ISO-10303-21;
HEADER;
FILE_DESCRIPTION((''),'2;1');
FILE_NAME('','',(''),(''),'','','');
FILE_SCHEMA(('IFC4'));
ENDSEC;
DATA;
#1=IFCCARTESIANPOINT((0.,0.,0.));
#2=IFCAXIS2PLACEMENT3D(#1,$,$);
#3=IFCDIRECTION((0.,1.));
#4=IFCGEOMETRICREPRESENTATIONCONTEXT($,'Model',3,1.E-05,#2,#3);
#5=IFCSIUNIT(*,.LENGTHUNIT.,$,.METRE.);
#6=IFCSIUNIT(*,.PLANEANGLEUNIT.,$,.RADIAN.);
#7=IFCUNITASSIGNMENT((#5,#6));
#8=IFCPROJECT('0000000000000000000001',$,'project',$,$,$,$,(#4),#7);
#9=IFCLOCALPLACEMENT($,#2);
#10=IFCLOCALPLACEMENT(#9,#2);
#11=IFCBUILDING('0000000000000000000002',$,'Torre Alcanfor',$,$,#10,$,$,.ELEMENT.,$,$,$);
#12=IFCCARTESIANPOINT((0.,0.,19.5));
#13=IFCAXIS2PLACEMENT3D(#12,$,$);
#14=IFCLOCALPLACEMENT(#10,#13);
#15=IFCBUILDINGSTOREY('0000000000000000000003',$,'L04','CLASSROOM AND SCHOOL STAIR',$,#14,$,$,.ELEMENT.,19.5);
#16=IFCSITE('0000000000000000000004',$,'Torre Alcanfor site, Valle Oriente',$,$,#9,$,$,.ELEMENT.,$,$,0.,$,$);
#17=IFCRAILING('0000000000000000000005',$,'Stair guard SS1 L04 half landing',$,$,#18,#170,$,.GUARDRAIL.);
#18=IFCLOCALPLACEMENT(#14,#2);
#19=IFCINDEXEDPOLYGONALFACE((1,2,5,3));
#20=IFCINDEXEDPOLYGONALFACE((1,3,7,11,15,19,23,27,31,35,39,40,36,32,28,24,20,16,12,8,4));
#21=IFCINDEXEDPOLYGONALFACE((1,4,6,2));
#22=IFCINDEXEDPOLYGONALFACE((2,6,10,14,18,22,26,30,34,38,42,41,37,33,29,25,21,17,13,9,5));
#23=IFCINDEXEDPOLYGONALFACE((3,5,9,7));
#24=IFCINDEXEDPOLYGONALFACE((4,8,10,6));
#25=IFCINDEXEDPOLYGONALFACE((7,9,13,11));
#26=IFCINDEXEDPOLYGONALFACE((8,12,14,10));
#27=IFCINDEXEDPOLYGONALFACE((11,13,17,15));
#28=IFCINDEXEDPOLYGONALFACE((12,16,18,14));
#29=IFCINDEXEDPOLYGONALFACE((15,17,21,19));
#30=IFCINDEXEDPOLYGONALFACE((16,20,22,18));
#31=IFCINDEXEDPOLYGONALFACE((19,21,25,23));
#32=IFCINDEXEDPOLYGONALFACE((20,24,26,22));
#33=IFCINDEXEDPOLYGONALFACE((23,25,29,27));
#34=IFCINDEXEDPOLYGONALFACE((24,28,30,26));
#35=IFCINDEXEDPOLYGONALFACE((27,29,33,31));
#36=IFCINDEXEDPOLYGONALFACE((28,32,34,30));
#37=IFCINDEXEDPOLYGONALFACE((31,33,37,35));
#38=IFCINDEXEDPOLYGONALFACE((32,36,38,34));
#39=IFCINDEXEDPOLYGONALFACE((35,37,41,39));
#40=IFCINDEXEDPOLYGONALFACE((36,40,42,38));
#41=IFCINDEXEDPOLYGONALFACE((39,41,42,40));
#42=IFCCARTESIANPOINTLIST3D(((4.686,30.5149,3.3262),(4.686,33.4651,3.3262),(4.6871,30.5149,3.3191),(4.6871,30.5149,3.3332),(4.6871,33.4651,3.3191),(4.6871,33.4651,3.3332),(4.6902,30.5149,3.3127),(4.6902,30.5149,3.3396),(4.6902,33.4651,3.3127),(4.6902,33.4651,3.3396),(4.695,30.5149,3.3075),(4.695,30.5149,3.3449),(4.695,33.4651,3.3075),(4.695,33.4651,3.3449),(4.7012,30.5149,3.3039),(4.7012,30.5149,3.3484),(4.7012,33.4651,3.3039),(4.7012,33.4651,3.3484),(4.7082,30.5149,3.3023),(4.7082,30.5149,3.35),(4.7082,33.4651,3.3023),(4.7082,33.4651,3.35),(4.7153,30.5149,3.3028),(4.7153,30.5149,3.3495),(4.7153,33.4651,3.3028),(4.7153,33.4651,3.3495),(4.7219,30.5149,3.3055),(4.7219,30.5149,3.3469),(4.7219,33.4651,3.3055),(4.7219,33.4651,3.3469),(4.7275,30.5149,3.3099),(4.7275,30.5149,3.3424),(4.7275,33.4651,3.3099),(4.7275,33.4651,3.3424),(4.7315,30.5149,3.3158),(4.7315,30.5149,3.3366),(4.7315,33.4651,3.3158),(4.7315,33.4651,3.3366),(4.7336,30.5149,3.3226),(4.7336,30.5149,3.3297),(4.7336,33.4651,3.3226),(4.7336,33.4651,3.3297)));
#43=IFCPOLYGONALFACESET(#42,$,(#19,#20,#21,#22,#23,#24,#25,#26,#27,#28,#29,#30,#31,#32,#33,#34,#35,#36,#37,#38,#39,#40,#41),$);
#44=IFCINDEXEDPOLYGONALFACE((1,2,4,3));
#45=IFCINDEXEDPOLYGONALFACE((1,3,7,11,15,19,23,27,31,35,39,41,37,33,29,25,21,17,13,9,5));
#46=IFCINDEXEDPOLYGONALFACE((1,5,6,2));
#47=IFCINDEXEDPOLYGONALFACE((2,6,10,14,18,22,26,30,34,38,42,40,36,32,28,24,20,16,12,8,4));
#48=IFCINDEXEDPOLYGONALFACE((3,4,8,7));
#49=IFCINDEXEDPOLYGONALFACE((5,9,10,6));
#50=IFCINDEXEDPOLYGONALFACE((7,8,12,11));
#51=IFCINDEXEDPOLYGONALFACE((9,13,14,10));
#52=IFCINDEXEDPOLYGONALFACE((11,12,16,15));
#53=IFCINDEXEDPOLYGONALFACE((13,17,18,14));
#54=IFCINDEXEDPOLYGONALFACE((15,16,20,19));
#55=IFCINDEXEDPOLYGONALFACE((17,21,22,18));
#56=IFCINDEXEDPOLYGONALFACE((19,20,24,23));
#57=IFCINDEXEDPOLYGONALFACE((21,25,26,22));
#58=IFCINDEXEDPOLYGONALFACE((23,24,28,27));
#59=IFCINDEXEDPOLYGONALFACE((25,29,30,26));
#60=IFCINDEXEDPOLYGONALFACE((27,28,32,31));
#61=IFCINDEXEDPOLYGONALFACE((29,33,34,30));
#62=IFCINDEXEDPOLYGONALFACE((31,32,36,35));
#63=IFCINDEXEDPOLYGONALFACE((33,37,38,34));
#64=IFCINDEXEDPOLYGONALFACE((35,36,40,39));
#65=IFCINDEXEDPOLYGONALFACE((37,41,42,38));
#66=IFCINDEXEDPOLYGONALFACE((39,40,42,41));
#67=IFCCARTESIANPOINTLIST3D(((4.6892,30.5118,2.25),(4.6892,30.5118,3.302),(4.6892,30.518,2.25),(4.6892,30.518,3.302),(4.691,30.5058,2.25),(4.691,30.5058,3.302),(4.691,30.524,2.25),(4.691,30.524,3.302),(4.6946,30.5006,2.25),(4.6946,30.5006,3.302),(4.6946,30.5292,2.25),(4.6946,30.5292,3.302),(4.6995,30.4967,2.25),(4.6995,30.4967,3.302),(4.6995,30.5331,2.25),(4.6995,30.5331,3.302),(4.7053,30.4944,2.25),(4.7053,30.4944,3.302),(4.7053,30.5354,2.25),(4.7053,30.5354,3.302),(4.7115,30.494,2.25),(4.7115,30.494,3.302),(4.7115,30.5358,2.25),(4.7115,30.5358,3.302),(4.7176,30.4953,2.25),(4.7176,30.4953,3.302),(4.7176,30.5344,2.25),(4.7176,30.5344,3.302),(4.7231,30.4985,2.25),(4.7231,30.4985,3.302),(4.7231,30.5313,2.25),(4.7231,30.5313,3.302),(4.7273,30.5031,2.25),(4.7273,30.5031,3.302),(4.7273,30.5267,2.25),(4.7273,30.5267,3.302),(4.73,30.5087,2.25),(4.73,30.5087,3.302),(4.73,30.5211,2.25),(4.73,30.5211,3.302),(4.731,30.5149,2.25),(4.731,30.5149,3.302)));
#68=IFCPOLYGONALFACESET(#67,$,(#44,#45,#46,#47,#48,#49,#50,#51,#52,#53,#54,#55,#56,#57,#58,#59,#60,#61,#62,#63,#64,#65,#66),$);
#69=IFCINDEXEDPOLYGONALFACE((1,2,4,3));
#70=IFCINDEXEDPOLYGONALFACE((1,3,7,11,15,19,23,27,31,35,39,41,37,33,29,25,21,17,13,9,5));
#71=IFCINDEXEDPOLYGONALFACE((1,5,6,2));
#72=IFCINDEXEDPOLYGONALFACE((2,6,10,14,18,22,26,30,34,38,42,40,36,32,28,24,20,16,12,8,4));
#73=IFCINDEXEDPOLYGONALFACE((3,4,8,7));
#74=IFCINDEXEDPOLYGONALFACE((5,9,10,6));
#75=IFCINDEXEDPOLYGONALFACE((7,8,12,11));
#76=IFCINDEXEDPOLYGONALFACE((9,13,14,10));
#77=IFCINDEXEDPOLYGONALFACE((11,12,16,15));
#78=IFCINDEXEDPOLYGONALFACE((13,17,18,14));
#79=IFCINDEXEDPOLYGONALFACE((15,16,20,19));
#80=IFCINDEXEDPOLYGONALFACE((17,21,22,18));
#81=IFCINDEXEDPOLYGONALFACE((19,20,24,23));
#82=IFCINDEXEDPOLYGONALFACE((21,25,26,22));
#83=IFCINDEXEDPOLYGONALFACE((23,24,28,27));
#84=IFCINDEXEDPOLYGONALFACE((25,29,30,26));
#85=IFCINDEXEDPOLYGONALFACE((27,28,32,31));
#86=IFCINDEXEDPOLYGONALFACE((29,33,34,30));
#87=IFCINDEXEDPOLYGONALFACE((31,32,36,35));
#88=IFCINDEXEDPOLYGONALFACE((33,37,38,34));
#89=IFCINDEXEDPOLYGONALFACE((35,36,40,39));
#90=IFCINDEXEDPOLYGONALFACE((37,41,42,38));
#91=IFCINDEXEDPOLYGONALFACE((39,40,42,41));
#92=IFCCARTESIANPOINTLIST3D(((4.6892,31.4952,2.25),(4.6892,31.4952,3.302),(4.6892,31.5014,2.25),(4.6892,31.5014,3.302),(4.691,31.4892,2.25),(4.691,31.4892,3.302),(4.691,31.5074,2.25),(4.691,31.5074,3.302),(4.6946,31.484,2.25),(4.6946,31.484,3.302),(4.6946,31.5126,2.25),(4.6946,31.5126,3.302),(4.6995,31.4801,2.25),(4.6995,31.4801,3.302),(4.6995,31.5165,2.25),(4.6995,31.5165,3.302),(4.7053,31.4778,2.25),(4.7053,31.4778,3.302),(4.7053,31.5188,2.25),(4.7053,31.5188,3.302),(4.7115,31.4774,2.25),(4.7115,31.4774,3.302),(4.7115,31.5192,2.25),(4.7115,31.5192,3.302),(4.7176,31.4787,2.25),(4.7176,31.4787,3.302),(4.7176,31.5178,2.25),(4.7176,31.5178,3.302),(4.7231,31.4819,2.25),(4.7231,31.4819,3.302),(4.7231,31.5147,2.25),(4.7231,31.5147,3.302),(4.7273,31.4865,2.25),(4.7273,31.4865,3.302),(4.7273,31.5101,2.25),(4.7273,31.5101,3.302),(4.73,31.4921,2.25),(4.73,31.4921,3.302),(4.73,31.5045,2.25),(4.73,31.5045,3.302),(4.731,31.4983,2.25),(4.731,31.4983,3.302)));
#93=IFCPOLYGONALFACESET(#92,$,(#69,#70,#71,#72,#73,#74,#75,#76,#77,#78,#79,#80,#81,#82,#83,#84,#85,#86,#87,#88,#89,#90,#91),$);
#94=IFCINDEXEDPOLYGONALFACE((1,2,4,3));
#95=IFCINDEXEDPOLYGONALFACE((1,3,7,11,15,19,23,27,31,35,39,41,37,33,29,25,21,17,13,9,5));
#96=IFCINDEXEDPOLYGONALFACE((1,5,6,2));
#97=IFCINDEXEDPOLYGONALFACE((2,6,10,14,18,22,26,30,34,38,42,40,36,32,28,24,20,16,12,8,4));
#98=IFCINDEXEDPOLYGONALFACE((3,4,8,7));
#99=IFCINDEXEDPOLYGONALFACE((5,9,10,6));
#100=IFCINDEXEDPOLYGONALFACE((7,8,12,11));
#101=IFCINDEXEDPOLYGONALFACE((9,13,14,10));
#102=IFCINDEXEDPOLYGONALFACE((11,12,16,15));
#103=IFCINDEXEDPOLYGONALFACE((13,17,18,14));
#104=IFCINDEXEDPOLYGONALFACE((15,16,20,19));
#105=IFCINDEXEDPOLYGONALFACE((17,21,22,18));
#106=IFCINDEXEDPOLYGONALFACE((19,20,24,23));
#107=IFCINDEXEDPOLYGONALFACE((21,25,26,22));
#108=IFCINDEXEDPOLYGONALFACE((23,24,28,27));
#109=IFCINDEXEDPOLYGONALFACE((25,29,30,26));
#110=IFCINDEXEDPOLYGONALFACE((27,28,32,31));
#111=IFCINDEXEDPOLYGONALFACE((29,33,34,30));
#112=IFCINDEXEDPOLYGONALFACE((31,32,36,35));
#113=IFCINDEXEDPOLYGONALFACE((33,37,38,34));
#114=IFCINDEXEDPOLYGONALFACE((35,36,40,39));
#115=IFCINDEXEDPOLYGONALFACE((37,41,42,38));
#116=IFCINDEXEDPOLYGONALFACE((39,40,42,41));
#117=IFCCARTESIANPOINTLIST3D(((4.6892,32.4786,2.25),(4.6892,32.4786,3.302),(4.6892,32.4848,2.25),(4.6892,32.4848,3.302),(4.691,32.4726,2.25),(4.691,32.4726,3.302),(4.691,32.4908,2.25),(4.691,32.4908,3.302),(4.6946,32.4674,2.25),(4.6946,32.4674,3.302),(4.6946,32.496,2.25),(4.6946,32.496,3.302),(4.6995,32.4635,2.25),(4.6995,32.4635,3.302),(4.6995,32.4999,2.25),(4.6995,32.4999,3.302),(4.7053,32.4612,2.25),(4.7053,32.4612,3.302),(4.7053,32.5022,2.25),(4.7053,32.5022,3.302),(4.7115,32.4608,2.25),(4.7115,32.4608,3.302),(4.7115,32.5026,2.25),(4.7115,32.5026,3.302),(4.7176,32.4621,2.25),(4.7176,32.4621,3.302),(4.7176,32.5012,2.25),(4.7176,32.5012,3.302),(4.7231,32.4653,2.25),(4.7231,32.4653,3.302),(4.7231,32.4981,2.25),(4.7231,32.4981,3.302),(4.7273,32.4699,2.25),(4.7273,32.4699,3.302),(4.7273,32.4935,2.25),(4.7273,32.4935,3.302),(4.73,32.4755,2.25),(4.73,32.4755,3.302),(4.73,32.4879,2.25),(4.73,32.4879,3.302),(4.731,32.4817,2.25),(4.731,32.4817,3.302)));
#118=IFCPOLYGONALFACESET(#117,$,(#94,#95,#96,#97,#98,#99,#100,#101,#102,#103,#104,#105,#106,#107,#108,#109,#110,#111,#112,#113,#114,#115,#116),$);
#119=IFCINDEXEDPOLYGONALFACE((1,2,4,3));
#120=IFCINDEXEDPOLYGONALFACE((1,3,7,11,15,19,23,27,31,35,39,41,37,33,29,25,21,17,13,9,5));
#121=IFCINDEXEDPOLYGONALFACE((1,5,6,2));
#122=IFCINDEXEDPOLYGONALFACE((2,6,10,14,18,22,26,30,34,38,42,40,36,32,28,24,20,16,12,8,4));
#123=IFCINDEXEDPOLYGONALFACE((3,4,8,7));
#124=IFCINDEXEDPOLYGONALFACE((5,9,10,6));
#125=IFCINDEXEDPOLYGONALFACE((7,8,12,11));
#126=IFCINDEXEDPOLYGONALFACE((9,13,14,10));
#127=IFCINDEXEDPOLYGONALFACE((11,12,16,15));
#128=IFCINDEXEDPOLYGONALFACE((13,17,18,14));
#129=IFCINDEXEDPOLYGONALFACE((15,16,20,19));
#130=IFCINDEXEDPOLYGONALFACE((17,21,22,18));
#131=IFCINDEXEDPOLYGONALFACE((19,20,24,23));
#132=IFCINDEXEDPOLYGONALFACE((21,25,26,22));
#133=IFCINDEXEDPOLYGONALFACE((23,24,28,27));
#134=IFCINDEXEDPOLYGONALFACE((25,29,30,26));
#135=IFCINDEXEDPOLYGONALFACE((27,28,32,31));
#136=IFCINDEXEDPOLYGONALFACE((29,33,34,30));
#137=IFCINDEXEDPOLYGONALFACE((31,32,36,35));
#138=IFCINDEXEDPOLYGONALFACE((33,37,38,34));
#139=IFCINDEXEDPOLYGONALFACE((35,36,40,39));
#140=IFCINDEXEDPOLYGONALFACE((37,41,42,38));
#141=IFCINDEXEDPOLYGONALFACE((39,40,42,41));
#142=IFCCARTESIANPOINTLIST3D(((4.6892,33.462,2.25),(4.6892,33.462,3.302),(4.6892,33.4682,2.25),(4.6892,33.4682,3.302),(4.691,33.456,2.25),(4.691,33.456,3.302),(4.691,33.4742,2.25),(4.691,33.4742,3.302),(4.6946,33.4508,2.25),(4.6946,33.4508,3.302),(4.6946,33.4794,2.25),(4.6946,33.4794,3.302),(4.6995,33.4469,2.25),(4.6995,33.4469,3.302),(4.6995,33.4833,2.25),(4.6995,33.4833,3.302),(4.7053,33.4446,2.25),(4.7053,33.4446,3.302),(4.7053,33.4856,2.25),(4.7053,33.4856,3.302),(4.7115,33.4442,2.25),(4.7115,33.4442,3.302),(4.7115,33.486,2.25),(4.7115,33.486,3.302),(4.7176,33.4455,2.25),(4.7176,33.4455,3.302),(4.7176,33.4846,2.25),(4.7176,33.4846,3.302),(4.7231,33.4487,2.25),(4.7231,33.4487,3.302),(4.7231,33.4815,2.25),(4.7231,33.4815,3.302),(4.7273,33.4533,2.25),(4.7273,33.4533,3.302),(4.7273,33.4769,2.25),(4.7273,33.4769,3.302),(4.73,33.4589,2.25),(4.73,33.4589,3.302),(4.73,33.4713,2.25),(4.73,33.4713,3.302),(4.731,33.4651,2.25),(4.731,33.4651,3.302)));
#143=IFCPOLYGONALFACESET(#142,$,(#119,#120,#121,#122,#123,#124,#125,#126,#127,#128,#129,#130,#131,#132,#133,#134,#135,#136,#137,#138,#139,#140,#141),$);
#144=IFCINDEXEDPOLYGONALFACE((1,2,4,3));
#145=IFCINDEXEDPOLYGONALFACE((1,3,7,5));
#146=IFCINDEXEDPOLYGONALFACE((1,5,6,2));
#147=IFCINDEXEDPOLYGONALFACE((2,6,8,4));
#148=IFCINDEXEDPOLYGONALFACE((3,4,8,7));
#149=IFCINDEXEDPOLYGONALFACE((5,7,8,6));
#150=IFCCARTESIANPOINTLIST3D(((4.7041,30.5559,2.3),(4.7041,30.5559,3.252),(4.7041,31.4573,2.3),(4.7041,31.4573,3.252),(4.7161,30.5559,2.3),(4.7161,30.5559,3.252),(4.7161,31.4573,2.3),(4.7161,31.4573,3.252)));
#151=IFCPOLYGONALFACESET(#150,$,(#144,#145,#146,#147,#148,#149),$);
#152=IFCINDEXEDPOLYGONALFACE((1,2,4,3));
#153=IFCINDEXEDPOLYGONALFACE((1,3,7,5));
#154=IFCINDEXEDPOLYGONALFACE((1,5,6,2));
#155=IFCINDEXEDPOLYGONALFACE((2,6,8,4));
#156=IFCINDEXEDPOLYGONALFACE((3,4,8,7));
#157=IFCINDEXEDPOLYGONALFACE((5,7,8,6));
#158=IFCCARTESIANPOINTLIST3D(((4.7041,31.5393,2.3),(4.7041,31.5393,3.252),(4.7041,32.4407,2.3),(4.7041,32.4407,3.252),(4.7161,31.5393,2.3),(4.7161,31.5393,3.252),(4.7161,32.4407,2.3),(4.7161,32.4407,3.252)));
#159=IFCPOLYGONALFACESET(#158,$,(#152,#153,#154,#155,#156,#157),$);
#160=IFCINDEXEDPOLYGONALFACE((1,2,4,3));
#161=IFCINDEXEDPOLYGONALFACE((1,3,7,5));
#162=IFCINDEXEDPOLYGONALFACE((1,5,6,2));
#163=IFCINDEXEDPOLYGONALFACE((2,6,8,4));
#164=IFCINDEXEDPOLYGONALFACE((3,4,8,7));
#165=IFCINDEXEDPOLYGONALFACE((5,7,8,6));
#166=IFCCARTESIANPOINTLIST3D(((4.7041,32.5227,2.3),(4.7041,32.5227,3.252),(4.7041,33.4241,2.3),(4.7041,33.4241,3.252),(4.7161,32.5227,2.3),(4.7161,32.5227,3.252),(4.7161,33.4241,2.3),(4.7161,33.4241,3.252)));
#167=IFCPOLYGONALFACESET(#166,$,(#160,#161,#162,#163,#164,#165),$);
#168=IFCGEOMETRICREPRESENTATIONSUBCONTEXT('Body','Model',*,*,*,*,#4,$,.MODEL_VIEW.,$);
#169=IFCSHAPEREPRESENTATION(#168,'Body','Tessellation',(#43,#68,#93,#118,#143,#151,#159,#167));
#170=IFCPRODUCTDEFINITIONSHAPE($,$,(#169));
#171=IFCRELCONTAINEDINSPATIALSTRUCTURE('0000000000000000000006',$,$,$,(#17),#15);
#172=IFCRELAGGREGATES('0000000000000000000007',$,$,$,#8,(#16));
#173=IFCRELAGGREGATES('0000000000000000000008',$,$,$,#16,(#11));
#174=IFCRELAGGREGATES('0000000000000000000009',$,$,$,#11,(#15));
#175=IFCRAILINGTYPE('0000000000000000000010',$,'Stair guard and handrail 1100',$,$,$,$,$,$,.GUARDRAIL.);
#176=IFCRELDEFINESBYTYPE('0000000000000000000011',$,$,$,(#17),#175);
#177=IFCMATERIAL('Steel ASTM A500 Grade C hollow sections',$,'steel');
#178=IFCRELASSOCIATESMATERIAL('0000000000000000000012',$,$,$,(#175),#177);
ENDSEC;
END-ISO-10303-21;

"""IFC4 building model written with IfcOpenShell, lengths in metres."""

from ifc_helpers import new_model, si_unit, direction, frame, origin, origin_2d, place, context, subcontext, project, spatial, polyline, circle, outline, extrude, material, type_object, element, save


model = new_model("IFC4")

# Units and contexts
model_context = context("Model", 3, precision=1e-05, world=origin(), true_north=direction((0.0, 1.0)))
body_context = subcontext(model_context, "Body", "Model", "MODEL_VIEW")
ifc_project = project(units=[si_unit("LENGTHUNIT", "METRE"), si_unit("PLANEANGLEUNIT", "RADIAN")], contexts=[model_context])

# Site, building, storey
site_placement = place(None, origin())
site = spatial("IfcSite", under=ifc_project, at=site_placement, Name="Torre Alcanfor site, Valle Oriente", CompositionType="ELEMENT", RefElevation=0.0)
building_placement = place(site_placement, origin())
building = spatial("IfcBuilding", under=site, at=building_placement, Name="Torre Alcanfor", CompositionType="ELEMENT")
storey_placement = place(building_placement, frame((0.0, 0.0, 19.5)))
storey = spatial("IfcBuildingStorey", under=building, at=storey_placement, Name="L04", Description="CLASSROOM AND SCHOOL STAIR", CompositionType="ELEMENT", Elevation=19.5)

# Railing
ifc_material_1 = material(Name="Steel ASTM A500 Grade C hollow sections", Category="steel")
railing_type_1 = type_object("IfcRailingType", Name="Stair guard and handrail 1100", PredefinedType="GUARDRAIL", material=ifc_material_1)
railing_1_placement = place(storey_placement, frame((4.71, 30.5149, 2.25)))
element("IfcRailing", 1, at=railing_1_placement, inside=storey, type_object=railing_type_1, Name="Stair guard SS1 L04 half landing", PredefinedType="GUARDRAIL", context=body_context, shape_type="SweptSolid", body=[
    extrude(circle(Radius=0.0239, at=origin_2d()), frame((0.0, 0.0, 1.0762), z_axis=(0.0, 1.0, 0.0), x_axis=(-1.0, 0.0, 0.0)), (0.0, 0.0, 1.0), 2.9502),
    extrude(circle(Radius=0.021, at=origin_2d()), origin(), (0.0, 0.0, 1.0), 1.052),
    extrude(circle(Radius=0.021, at=origin_2d()), frame((0.0, 0.9834, 0.0)), (0.0, 0.0, 1.0), 1.052),
    extrude(circle(Radius=0.021, at=origin_2d()), frame((0.0, 1.9668, 0.0)), (0.0, 0.0, 1.0), 1.052),
    extrude(circle(Radius=0.021, at=origin_2d()), frame((0.0, 2.9502, 0.0)), (0.0, 0.0, 1.0), 1.052),
    extrude(outline(polyline([(0.041, 0.05), (0.9424, 0.05), (0.9424, 1.002), (0.041, 1.002), (0.041, 0.05)])), frame((-0.0059, 0.0, 0.0), z_axis=(1.0, 0.0, 0.0), x_axis=(0.0, 1.0, 0.0)), (0.0, 0.0, 1.0), 0.012),
    extrude(outline(polyline([(1.0244, 0.05), (1.9258, 0.05), (1.9258, 1.002), (1.0244, 1.002), (1.0244, 0.05)])), frame((-0.0059, 0.0, 0.0), z_axis=(1.0, 0.0, 0.0), x_axis=(0.0, 1.0, 0.0)), (0.0, 0.0, 1.0), 0.012),
    extrude(outline(polyline([(2.0078, 0.05), (2.9092, 0.05), (2.9092, 1.002), (2.0078, 1.002), (2.0078, 0.05)])), frame((-0.0059, 0.0, 0.0), z_axis=(1.0, 0.0, 0.0), x_axis=(0.0, 1.0, 0.0)), (0.0, 0.0, 1.0), 0.012),
])

save(model, "model.ifc")
